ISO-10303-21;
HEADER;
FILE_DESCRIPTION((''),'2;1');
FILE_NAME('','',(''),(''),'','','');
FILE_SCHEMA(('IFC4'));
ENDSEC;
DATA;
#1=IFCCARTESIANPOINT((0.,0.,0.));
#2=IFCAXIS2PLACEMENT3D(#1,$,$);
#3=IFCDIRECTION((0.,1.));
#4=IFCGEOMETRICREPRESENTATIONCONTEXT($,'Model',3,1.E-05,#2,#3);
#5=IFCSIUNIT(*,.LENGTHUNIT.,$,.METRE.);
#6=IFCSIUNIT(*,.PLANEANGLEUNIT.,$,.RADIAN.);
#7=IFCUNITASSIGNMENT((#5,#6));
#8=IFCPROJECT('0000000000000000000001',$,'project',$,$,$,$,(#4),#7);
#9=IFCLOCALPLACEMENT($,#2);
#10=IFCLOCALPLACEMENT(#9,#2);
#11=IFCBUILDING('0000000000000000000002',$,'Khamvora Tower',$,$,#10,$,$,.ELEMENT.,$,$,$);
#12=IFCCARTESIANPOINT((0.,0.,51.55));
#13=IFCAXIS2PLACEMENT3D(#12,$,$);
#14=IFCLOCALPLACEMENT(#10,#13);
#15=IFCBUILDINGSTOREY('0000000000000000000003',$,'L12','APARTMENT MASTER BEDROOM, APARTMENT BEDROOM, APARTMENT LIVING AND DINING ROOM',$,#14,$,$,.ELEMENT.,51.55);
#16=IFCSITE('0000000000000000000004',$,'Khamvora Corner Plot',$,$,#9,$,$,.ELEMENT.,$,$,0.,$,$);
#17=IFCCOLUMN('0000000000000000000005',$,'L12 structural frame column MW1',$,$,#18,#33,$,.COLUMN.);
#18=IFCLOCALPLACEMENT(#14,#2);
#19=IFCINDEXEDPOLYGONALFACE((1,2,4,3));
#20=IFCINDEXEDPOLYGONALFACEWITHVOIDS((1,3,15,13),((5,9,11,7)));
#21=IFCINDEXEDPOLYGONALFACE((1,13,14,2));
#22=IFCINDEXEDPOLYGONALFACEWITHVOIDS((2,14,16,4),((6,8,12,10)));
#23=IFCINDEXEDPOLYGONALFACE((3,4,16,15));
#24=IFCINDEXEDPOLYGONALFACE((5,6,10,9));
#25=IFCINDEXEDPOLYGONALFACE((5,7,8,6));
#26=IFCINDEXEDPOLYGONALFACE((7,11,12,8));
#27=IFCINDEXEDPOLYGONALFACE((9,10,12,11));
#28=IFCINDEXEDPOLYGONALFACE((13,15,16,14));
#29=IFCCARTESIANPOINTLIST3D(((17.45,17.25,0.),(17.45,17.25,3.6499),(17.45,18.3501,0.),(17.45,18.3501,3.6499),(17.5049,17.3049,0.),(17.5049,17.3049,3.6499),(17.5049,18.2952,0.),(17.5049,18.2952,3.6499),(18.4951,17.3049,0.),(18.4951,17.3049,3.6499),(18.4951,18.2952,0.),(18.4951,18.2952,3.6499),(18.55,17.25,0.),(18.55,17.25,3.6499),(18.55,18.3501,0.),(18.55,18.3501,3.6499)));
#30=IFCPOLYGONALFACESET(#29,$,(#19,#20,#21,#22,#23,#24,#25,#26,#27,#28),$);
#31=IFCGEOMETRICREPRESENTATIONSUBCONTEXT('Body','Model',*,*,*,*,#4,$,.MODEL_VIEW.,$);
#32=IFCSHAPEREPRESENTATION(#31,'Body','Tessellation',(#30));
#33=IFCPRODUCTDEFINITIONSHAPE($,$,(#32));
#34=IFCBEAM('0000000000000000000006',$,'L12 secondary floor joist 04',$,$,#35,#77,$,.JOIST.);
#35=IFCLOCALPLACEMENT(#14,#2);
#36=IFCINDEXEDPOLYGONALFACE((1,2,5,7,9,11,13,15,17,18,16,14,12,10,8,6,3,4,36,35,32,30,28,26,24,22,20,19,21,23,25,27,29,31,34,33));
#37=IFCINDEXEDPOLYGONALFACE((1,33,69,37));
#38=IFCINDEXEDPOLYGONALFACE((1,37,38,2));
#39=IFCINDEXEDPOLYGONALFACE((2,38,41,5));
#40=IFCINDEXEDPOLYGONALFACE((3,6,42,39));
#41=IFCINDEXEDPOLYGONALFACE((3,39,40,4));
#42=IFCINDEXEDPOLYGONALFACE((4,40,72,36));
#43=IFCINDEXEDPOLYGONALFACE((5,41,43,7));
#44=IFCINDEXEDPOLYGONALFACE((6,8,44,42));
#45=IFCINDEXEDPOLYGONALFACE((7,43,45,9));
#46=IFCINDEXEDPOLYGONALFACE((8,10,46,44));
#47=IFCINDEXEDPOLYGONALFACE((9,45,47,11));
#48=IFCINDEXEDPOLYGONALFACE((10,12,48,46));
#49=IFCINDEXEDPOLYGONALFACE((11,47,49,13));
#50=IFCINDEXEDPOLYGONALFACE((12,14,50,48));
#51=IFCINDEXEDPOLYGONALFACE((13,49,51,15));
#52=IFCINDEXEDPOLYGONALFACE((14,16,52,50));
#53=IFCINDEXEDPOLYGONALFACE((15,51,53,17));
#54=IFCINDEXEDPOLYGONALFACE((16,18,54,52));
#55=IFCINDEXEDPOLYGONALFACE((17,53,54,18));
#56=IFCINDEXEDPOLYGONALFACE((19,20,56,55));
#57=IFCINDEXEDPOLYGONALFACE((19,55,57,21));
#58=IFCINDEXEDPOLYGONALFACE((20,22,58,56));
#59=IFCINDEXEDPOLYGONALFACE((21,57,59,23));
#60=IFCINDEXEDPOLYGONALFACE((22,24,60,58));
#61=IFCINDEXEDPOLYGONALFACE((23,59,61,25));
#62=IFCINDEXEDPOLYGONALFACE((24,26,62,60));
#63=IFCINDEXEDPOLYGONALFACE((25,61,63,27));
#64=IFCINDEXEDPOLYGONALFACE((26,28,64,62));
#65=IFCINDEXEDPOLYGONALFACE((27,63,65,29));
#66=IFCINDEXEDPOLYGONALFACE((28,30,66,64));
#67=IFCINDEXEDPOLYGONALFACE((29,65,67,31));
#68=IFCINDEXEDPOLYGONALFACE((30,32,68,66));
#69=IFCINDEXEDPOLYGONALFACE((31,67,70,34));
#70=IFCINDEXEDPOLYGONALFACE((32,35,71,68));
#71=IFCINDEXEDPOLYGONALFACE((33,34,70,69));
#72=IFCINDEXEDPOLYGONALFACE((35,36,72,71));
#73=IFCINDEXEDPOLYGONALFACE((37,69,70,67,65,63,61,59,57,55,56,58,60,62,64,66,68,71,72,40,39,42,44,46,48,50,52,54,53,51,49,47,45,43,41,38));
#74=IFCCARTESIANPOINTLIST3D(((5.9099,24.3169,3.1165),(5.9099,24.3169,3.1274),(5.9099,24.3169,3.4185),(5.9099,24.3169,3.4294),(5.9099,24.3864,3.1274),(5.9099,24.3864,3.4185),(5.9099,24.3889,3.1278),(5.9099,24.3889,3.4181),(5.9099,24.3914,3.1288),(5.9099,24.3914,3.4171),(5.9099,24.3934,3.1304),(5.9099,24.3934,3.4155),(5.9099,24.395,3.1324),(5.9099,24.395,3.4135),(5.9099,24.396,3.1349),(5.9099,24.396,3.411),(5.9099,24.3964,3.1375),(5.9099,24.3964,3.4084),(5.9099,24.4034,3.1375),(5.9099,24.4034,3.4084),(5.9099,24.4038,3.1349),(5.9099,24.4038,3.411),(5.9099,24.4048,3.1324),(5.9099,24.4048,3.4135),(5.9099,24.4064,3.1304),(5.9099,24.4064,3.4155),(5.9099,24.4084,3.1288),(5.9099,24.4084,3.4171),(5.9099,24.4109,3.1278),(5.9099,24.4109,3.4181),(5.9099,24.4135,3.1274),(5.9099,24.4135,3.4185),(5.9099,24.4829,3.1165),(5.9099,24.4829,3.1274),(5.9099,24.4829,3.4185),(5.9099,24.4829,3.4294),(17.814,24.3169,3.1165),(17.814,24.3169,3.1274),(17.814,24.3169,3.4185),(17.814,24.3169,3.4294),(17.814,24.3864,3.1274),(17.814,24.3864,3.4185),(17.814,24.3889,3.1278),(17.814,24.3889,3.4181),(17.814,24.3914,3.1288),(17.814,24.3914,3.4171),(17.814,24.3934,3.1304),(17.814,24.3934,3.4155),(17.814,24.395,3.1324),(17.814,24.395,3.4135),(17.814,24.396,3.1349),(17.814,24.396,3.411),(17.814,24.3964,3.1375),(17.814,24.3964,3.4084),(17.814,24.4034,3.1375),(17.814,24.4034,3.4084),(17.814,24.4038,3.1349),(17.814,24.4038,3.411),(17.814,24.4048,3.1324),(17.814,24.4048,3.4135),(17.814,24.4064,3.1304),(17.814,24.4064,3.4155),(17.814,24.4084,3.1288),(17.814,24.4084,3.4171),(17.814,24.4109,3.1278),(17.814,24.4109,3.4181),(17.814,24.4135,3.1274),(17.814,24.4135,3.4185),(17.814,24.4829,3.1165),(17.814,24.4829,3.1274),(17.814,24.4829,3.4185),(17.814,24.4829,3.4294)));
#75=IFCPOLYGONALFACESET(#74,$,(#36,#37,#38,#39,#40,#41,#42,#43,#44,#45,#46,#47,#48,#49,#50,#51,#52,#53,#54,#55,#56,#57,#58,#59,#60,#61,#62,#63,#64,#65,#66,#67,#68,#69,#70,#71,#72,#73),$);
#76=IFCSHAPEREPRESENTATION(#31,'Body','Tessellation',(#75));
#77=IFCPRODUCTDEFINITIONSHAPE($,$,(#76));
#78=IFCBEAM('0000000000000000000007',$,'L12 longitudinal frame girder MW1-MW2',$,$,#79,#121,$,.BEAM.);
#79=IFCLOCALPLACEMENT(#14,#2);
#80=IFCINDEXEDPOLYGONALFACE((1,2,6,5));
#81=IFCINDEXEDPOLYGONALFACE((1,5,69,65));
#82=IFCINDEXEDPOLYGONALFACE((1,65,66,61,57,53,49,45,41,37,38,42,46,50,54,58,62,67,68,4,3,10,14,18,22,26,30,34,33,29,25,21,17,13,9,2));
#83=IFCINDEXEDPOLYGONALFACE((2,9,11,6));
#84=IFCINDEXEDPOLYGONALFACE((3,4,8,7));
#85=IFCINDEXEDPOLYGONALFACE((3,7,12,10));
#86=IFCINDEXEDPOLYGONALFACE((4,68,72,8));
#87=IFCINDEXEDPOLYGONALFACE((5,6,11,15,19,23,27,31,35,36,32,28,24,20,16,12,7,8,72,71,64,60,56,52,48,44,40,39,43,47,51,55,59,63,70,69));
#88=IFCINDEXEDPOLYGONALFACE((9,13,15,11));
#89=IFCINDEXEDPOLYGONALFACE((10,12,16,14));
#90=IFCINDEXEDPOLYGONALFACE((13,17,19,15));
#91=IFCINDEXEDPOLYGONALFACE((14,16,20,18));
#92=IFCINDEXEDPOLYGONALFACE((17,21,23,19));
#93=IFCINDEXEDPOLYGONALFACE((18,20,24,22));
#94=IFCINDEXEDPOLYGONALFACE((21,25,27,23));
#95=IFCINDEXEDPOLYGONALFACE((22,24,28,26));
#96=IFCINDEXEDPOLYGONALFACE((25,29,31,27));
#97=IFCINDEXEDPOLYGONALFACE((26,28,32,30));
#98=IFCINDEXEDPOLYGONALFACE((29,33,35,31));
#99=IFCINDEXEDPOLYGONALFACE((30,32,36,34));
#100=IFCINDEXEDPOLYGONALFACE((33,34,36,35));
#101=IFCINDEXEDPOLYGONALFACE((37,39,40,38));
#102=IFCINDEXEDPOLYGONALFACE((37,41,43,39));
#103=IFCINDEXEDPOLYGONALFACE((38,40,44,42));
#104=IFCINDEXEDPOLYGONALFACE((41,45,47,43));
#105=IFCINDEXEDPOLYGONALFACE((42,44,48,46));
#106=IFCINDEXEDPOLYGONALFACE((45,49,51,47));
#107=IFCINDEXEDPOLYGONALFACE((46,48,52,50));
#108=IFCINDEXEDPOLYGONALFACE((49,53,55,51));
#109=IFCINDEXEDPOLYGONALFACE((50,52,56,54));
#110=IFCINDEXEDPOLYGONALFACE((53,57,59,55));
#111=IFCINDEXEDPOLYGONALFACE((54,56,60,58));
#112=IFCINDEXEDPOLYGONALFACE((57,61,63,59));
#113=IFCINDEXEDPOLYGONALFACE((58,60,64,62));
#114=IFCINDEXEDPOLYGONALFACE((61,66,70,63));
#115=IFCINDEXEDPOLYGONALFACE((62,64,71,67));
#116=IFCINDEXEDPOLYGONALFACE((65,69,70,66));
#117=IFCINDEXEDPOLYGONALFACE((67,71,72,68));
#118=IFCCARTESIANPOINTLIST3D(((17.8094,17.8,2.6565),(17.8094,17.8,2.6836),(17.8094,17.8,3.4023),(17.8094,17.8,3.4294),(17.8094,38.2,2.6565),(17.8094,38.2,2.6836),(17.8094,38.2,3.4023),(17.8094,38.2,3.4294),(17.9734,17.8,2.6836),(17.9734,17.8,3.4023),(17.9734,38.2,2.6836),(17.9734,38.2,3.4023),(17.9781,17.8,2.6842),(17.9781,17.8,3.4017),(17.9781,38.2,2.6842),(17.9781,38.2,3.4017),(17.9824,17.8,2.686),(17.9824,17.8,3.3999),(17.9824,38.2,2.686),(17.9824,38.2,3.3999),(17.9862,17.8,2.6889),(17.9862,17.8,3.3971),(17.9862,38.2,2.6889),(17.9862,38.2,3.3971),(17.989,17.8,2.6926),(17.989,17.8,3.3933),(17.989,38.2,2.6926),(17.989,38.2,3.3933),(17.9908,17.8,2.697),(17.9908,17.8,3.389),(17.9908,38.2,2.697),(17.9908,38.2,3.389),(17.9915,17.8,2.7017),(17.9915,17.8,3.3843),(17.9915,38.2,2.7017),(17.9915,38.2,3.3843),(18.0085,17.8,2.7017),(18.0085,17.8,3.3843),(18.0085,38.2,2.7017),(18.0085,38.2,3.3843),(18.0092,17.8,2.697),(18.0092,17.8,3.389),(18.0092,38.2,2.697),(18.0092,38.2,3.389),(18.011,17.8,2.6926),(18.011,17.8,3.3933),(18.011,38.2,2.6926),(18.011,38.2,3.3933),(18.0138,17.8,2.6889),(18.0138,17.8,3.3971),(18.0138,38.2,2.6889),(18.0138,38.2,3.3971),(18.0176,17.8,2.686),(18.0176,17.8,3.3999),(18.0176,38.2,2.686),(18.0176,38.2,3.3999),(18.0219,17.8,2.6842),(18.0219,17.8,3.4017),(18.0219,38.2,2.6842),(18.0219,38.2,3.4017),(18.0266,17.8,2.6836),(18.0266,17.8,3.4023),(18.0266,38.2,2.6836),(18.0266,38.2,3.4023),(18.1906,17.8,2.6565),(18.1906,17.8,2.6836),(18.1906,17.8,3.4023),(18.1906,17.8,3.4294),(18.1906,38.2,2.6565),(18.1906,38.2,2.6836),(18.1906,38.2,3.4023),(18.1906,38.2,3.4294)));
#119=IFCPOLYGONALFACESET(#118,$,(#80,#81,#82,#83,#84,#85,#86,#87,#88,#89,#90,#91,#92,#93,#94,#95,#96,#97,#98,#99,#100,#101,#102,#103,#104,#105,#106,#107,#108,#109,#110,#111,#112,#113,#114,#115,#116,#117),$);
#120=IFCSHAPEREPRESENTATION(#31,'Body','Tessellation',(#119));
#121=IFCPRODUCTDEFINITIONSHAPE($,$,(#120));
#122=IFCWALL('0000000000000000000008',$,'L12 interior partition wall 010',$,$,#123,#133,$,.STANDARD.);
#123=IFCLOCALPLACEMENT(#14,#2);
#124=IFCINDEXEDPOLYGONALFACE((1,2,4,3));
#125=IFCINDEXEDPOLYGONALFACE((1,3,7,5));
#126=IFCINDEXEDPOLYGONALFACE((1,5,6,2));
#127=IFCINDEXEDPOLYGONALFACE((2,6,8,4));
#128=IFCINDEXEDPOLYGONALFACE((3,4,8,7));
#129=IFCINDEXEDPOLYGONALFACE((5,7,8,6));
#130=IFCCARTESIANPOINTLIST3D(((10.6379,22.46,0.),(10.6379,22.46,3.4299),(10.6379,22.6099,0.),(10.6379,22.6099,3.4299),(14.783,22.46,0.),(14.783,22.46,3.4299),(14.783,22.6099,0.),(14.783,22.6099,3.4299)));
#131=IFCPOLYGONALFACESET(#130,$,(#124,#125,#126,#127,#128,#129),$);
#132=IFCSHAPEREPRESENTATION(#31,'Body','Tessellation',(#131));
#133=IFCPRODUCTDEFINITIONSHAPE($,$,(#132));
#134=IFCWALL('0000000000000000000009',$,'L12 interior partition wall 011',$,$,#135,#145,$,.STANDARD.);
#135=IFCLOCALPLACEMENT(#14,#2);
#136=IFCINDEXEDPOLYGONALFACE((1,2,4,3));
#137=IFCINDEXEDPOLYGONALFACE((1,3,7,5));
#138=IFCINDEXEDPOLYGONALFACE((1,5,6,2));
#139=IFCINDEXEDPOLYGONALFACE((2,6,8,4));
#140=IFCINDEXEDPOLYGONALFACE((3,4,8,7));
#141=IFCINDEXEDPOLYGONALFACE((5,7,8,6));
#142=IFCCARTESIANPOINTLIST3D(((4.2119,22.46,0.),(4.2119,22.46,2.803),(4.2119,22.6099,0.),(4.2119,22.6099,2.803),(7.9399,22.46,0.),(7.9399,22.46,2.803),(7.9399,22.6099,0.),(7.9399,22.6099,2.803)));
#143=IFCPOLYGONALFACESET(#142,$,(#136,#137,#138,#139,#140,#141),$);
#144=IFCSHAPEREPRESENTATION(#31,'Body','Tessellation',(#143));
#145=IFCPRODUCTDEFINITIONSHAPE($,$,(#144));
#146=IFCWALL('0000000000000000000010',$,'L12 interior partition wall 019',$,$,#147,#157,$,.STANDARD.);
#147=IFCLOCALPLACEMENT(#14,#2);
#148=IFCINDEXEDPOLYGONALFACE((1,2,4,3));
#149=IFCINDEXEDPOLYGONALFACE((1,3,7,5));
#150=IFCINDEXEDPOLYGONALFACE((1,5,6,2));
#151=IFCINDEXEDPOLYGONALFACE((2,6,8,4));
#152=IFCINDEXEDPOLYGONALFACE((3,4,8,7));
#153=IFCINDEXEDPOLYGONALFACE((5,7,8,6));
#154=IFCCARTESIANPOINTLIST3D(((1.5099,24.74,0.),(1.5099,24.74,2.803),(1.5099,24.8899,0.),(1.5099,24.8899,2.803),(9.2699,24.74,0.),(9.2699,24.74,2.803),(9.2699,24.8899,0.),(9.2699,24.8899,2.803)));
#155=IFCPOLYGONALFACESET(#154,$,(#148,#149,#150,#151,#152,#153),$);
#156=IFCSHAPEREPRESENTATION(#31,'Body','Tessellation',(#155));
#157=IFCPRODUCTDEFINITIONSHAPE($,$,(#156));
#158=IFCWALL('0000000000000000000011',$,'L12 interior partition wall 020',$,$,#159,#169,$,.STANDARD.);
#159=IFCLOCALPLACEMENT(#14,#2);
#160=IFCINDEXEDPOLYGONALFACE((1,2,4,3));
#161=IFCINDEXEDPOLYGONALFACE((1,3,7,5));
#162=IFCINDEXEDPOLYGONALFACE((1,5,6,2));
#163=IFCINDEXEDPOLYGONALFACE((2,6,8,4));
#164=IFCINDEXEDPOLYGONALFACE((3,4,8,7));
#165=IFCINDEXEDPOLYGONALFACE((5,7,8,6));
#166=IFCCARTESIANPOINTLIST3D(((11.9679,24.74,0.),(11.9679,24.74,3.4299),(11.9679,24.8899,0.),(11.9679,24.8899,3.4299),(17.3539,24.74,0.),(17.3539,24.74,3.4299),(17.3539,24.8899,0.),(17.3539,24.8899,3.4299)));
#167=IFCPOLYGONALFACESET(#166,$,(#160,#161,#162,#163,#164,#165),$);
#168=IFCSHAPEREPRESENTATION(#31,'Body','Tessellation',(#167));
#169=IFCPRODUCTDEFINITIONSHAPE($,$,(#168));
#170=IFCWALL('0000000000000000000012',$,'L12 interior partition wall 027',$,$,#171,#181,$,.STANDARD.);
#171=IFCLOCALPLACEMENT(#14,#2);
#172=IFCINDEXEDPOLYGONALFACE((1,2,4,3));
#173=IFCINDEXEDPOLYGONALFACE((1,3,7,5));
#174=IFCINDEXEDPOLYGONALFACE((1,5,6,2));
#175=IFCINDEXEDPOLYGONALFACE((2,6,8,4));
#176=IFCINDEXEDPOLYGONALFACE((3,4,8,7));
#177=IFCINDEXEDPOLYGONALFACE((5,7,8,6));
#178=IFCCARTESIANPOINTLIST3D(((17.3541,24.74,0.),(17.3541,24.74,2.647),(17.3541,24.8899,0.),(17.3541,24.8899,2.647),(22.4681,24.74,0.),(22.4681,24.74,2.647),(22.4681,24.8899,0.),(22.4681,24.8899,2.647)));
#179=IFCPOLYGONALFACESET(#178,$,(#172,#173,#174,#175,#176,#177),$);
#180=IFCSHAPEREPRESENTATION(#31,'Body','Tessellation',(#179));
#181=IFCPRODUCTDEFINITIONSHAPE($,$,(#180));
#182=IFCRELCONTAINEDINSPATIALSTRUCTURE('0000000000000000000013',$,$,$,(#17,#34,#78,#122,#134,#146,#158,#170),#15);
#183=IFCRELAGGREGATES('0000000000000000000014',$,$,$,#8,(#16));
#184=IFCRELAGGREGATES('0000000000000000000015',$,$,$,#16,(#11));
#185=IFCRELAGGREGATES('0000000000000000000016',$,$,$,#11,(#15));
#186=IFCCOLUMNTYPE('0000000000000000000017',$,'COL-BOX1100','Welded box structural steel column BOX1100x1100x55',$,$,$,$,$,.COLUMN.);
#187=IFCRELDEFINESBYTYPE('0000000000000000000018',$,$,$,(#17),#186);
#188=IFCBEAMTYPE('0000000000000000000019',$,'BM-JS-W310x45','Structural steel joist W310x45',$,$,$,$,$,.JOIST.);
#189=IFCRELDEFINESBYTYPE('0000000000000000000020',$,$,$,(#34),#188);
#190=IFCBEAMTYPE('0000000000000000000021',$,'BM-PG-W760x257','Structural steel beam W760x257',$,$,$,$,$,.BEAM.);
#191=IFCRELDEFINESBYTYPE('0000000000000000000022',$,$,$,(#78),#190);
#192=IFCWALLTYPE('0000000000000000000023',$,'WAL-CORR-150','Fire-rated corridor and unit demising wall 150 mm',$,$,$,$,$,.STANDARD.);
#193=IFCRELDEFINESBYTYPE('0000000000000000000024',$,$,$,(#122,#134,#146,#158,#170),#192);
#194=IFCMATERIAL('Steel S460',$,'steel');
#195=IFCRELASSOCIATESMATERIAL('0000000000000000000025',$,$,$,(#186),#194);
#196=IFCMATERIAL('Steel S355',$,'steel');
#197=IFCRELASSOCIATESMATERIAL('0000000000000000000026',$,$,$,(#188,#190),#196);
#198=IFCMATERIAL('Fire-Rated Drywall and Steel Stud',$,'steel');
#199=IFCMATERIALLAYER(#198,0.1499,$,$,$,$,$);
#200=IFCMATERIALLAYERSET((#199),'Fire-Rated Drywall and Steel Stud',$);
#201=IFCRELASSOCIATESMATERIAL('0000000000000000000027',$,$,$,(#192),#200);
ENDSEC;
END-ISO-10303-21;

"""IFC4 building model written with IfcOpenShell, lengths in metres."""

from ifc_helpers import new_model, si_unit, direction, frame, frame_2d, origin, origin_2d, place, context, subcontext, project, spatial, rectangle, hollow_rectangle, i_section, extrude, material, layer, layer_set, material_profile, profile_set, type_object, element, save


model = new_model("IFC4")

# Units and contexts
model_context = context("Model", 3, precision=1e-05, world=origin(), true_north=direction((0.0, 1.0)))
body_context = subcontext(model_context, "Body", "Model", "MODEL_VIEW")
ifc_project = project(units=[si_unit("LENGTHUNIT", "METRE"), si_unit("PLANEANGLEUNIT", "RADIAN")], contexts=[model_context])

# Site, building, storey
site_placement = place(None, origin())
site = spatial("IfcSite", under=ifc_project, at=site_placement, Name="Khamvora Corner Plot", CompositionType="ELEMENT", RefElevation=0.0)
building_placement = place(site_placement, origin())
building = spatial("IfcBuilding", under=site, at=building_placement, Name="Khamvora Tower", CompositionType="ELEMENT")
storey_placement = place(building_placement, frame((0.0, 0.0, 51.55)))
storey = spatial("IfcBuildingStorey", under=building, at=storey_placement, Name="L12", Description="APARTMENT MASTER BEDROOM, APARTMENT BEDROOM, APARTMENT LIVING AND DINING ROOM", CompositionType="ELEMENT", Elevation=51.55)

# Column
ifc_material_1 = material(Name="Steel S460", Category="steel")
ifc_material_profile_1 = material_profile(ifc_material_1, hollow_rectangle(XDim=1.1001, YDim=1.1001, WallThickness=0.0549, at=origin_2d()), Name="BOX1100x1100x55")
ifc_profile_set_1 = profile_set([ifc_material_profile_1], Name="Steel S460")
column_type = type_object("IfcColumnType", Name="COL-BOX1100", Description="Welded box structural steel column BOX1100x1100x55", PredefinedType="COLUMN", material=ifc_profile_set_1)
column_placement = place(storey_placement, frame((18.0, 17.8, 0.0), z_axis=(0.0, 0.0, 1.0), x_axis=(1.0, 0.0, 0.0)))
element("IfcColumn", 1, at=column_placement, inside=storey, type_object=column_type, Name="L12 structural frame column MW1", PredefinedType="COLUMN", context=body_context, shape_type="SweptSolid", body=[
    extrude(hollow_rectangle(XDim=1.1001, YDim=1.1001, WallThickness=0.0549, at=origin_2d()), origin(), (0.0, 0.0, 1.0), 3.6499),
])

# Beams
ifc_material_2 = material(Name="Steel S355", Category="steel")
ifc_material_profile_2 = material_profile(ifc_material_2, i_section(OverallWidth=0.166, OverallDepth=0.313, WebThickness=0.0071, FlangeThickness=0.011, FilletRadius=0.01, at=origin_2d()), Name="W310x45")
ifc_profile_set_2 = profile_set([ifc_material_profile_2], Name="Steel S355")
beam_type_1 = type_object("IfcBeamType", Name="BM-JS-W310x45", Description="Structural steel joist W310x45", PredefinedType="JOIST", material=ifc_profile_set_2)
beam_1_placement = place(storey_placement, frame((5.9099, 24.3999, 3.2729), z_axis=(1.0, 0.0, 0.0), x_axis=(0.0, 1.0, 0.0)))
element("IfcBeam", 2, at=beam_1_placement, inside=storey, type_object=beam_type_1, Name="L12 secondary floor joist 04", PredefinedType="JOIST", context=body_context, shape_type="SweptSolid", body=[
    extrude(i_section(OverallWidth=0.166, OverallDepth=0.313, WebThickness=0.0071, FlangeThickness=0.011, FilletRadius=0.01, at=origin_2d()), origin(), (0.0, 0.0, 1.0), 11.9041),
])
ifc_material_profile_3 = material_profile(ifc_material_2, i_section(OverallWidth=0.3811, OverallDepth=0.7729, WebThickness=0.0171, FlangeThickness=0.0271, FilletRadius=0.0181, at=origin_2d()), Name="W760x257")
ifc_profile_set_3 = profile_set([ifc_material_profile_3], Name="Steel S355")
beam_type_2 = type_object("IfcBeamType", Name="BM-PG-W760x257", Description="Structural steel beam W760x257", PredefinedType="BEAM", material=ifc_profile_set_3)
beam_2_placement = place(storey_placement, frame((18.0, 17.8, 3.043), z_axis=(0.0, 1.0, 0.0), x_axis=(-1.0, 0.0, 0.0)))
element("IfcBeam", 3, at=beam_2_placement, inside=storey, type_object=beam_type_2, Name="L12 longitudinal frame girder MW1-MW2", PredefinedType="BEAM", context=body_context, shape_type="SweptSolid", body=[
    extrude(i_section(OverallWidth=0.3811, OverallDepth=0.7729, WebThickness=0.0171, FlangeThickness=0.0271, FilletRadius=0.0181, at=origin_2d()), origin(), (0.0, 0.0, 1.0), 20.3999),
])

# Shared definitions
ifc_material_3 = material(Name="Fire-Rated Drywall and Steel Stud", Category="steel")
ifc_layer_1 = layer(ifc_material_3, 0.1499)
ifc_layer_set_1 = layer_set([ifc_layer_1], Name="Fire-Rated Drywall and Steel Stud")
wall_type_1 = type_object("IfcWallType", Name="WAL-CORR-150", Description="Fire-rated corridor and unit demising wall 150 mm", PredefinedType="STANDARD", material=ifc_layer_set_1)

# Walls
wall_1_placement = place(storey_placement, frame((14.783, 22.5349, 0.0), z_axis=(0.0, 0.0, 1.0), x_axis=(-1.0, 0.0, 0.0)))
element("IfcWall", 4, at=wall_1_placement, inside=storey, type_object=wall_type_1, Name="L12 interior partition wall 010", PredefinedType="STANDARD", context=body_context, shape_type="SweptSolid", body=[
    extrude(rectangle(XDim=4.145, YDim=0.1499, at=frame_2d((2.0725, 0.0))), origin(), (0.0, 0.0, 1.0), 3.4299),
])
wall_2_placement = place(storey_placement, frame((7.9399, 22.5349, 0.0), z_axis=(0.0, 0.0, 1.0), x_axis=(-1.0, 0.0, 0.0)))
element("IfcWall", 5, at=wall_2_placement, inside=storey, type_object=wall_type_1, Name="L12 interior partition wall 011", PredefinedType="STANDARD", context=body_context, shape_type="SweptSolid", body=[
    extrude(rectangle(XDim=3.728, YDim=0.1499, at=frame_2d((1.864, 0.0))), origin(), (0.0, 0.0, 1.0), 2.803),
])

# Walls
wall_3_placement = place(storey_placement, frame((1.51, 24.8149, 0.0), z_axis=(0.0, 0.0, 1.0), x_axis=(1.0, 0.0, 0.0)))
element("IfcWall", 6, at=wall_3_placement, inside=storey, type_object=wall_type_1, Name="L12 interior partition wall 019", PredefinedType="STANDARD", context=body_context, shape_type="SweptSolid", body=[
    extrude(rectangle(XDim=7.76, YDim=0.1499, at=frame_2d((3.8799, 0.0))), origin(), (0.0, 0.0, 1.0), 2.803),
])
wall_4_placement = place(storey_placement, frame((11.968, 24.8149, 0.0), z_axis=(0.0, 0.0, 1.0), x_axis=(1.0, 0.0, 0.0)))
element("IfcWall", 7, at=wall_4_placement, inside=storey, type_object=wall_type_1, Name="L12 interior partition wall 020", PredefinedType="STANDARD", context=body_context, shape_type="SweptSolid", body=[
    extrude(rectangle(XDim=5.386, YDim=0.1499, at=frame_2d((2.6929, 0.0))), origin(), (0.0, 0.0, 1.0), 3.4299),
])
wall_5_placement = place(storey_placement, frame((17.354, 24.8149, 0.0), z_axis=(0.0, 0.0, 1.0), x_axis=(1.0, 0.0, 0.0)))
element("IfcWall", 8, at=wall_5_placement, inside=storey, type_object=wall_type_1, Name="L12 interior partition wall 027", PredefinedType="STANDARD", context=body_context, shape_type="SweptSolid", body=[
    extrude(rectangle(XDim=5.114, YDim=0.1499, at=frame_2d((2.5571, 0.0))), origin(), (0.0, 0.0, 1.0), 2.647),
])

save(model, "model.ifc")
